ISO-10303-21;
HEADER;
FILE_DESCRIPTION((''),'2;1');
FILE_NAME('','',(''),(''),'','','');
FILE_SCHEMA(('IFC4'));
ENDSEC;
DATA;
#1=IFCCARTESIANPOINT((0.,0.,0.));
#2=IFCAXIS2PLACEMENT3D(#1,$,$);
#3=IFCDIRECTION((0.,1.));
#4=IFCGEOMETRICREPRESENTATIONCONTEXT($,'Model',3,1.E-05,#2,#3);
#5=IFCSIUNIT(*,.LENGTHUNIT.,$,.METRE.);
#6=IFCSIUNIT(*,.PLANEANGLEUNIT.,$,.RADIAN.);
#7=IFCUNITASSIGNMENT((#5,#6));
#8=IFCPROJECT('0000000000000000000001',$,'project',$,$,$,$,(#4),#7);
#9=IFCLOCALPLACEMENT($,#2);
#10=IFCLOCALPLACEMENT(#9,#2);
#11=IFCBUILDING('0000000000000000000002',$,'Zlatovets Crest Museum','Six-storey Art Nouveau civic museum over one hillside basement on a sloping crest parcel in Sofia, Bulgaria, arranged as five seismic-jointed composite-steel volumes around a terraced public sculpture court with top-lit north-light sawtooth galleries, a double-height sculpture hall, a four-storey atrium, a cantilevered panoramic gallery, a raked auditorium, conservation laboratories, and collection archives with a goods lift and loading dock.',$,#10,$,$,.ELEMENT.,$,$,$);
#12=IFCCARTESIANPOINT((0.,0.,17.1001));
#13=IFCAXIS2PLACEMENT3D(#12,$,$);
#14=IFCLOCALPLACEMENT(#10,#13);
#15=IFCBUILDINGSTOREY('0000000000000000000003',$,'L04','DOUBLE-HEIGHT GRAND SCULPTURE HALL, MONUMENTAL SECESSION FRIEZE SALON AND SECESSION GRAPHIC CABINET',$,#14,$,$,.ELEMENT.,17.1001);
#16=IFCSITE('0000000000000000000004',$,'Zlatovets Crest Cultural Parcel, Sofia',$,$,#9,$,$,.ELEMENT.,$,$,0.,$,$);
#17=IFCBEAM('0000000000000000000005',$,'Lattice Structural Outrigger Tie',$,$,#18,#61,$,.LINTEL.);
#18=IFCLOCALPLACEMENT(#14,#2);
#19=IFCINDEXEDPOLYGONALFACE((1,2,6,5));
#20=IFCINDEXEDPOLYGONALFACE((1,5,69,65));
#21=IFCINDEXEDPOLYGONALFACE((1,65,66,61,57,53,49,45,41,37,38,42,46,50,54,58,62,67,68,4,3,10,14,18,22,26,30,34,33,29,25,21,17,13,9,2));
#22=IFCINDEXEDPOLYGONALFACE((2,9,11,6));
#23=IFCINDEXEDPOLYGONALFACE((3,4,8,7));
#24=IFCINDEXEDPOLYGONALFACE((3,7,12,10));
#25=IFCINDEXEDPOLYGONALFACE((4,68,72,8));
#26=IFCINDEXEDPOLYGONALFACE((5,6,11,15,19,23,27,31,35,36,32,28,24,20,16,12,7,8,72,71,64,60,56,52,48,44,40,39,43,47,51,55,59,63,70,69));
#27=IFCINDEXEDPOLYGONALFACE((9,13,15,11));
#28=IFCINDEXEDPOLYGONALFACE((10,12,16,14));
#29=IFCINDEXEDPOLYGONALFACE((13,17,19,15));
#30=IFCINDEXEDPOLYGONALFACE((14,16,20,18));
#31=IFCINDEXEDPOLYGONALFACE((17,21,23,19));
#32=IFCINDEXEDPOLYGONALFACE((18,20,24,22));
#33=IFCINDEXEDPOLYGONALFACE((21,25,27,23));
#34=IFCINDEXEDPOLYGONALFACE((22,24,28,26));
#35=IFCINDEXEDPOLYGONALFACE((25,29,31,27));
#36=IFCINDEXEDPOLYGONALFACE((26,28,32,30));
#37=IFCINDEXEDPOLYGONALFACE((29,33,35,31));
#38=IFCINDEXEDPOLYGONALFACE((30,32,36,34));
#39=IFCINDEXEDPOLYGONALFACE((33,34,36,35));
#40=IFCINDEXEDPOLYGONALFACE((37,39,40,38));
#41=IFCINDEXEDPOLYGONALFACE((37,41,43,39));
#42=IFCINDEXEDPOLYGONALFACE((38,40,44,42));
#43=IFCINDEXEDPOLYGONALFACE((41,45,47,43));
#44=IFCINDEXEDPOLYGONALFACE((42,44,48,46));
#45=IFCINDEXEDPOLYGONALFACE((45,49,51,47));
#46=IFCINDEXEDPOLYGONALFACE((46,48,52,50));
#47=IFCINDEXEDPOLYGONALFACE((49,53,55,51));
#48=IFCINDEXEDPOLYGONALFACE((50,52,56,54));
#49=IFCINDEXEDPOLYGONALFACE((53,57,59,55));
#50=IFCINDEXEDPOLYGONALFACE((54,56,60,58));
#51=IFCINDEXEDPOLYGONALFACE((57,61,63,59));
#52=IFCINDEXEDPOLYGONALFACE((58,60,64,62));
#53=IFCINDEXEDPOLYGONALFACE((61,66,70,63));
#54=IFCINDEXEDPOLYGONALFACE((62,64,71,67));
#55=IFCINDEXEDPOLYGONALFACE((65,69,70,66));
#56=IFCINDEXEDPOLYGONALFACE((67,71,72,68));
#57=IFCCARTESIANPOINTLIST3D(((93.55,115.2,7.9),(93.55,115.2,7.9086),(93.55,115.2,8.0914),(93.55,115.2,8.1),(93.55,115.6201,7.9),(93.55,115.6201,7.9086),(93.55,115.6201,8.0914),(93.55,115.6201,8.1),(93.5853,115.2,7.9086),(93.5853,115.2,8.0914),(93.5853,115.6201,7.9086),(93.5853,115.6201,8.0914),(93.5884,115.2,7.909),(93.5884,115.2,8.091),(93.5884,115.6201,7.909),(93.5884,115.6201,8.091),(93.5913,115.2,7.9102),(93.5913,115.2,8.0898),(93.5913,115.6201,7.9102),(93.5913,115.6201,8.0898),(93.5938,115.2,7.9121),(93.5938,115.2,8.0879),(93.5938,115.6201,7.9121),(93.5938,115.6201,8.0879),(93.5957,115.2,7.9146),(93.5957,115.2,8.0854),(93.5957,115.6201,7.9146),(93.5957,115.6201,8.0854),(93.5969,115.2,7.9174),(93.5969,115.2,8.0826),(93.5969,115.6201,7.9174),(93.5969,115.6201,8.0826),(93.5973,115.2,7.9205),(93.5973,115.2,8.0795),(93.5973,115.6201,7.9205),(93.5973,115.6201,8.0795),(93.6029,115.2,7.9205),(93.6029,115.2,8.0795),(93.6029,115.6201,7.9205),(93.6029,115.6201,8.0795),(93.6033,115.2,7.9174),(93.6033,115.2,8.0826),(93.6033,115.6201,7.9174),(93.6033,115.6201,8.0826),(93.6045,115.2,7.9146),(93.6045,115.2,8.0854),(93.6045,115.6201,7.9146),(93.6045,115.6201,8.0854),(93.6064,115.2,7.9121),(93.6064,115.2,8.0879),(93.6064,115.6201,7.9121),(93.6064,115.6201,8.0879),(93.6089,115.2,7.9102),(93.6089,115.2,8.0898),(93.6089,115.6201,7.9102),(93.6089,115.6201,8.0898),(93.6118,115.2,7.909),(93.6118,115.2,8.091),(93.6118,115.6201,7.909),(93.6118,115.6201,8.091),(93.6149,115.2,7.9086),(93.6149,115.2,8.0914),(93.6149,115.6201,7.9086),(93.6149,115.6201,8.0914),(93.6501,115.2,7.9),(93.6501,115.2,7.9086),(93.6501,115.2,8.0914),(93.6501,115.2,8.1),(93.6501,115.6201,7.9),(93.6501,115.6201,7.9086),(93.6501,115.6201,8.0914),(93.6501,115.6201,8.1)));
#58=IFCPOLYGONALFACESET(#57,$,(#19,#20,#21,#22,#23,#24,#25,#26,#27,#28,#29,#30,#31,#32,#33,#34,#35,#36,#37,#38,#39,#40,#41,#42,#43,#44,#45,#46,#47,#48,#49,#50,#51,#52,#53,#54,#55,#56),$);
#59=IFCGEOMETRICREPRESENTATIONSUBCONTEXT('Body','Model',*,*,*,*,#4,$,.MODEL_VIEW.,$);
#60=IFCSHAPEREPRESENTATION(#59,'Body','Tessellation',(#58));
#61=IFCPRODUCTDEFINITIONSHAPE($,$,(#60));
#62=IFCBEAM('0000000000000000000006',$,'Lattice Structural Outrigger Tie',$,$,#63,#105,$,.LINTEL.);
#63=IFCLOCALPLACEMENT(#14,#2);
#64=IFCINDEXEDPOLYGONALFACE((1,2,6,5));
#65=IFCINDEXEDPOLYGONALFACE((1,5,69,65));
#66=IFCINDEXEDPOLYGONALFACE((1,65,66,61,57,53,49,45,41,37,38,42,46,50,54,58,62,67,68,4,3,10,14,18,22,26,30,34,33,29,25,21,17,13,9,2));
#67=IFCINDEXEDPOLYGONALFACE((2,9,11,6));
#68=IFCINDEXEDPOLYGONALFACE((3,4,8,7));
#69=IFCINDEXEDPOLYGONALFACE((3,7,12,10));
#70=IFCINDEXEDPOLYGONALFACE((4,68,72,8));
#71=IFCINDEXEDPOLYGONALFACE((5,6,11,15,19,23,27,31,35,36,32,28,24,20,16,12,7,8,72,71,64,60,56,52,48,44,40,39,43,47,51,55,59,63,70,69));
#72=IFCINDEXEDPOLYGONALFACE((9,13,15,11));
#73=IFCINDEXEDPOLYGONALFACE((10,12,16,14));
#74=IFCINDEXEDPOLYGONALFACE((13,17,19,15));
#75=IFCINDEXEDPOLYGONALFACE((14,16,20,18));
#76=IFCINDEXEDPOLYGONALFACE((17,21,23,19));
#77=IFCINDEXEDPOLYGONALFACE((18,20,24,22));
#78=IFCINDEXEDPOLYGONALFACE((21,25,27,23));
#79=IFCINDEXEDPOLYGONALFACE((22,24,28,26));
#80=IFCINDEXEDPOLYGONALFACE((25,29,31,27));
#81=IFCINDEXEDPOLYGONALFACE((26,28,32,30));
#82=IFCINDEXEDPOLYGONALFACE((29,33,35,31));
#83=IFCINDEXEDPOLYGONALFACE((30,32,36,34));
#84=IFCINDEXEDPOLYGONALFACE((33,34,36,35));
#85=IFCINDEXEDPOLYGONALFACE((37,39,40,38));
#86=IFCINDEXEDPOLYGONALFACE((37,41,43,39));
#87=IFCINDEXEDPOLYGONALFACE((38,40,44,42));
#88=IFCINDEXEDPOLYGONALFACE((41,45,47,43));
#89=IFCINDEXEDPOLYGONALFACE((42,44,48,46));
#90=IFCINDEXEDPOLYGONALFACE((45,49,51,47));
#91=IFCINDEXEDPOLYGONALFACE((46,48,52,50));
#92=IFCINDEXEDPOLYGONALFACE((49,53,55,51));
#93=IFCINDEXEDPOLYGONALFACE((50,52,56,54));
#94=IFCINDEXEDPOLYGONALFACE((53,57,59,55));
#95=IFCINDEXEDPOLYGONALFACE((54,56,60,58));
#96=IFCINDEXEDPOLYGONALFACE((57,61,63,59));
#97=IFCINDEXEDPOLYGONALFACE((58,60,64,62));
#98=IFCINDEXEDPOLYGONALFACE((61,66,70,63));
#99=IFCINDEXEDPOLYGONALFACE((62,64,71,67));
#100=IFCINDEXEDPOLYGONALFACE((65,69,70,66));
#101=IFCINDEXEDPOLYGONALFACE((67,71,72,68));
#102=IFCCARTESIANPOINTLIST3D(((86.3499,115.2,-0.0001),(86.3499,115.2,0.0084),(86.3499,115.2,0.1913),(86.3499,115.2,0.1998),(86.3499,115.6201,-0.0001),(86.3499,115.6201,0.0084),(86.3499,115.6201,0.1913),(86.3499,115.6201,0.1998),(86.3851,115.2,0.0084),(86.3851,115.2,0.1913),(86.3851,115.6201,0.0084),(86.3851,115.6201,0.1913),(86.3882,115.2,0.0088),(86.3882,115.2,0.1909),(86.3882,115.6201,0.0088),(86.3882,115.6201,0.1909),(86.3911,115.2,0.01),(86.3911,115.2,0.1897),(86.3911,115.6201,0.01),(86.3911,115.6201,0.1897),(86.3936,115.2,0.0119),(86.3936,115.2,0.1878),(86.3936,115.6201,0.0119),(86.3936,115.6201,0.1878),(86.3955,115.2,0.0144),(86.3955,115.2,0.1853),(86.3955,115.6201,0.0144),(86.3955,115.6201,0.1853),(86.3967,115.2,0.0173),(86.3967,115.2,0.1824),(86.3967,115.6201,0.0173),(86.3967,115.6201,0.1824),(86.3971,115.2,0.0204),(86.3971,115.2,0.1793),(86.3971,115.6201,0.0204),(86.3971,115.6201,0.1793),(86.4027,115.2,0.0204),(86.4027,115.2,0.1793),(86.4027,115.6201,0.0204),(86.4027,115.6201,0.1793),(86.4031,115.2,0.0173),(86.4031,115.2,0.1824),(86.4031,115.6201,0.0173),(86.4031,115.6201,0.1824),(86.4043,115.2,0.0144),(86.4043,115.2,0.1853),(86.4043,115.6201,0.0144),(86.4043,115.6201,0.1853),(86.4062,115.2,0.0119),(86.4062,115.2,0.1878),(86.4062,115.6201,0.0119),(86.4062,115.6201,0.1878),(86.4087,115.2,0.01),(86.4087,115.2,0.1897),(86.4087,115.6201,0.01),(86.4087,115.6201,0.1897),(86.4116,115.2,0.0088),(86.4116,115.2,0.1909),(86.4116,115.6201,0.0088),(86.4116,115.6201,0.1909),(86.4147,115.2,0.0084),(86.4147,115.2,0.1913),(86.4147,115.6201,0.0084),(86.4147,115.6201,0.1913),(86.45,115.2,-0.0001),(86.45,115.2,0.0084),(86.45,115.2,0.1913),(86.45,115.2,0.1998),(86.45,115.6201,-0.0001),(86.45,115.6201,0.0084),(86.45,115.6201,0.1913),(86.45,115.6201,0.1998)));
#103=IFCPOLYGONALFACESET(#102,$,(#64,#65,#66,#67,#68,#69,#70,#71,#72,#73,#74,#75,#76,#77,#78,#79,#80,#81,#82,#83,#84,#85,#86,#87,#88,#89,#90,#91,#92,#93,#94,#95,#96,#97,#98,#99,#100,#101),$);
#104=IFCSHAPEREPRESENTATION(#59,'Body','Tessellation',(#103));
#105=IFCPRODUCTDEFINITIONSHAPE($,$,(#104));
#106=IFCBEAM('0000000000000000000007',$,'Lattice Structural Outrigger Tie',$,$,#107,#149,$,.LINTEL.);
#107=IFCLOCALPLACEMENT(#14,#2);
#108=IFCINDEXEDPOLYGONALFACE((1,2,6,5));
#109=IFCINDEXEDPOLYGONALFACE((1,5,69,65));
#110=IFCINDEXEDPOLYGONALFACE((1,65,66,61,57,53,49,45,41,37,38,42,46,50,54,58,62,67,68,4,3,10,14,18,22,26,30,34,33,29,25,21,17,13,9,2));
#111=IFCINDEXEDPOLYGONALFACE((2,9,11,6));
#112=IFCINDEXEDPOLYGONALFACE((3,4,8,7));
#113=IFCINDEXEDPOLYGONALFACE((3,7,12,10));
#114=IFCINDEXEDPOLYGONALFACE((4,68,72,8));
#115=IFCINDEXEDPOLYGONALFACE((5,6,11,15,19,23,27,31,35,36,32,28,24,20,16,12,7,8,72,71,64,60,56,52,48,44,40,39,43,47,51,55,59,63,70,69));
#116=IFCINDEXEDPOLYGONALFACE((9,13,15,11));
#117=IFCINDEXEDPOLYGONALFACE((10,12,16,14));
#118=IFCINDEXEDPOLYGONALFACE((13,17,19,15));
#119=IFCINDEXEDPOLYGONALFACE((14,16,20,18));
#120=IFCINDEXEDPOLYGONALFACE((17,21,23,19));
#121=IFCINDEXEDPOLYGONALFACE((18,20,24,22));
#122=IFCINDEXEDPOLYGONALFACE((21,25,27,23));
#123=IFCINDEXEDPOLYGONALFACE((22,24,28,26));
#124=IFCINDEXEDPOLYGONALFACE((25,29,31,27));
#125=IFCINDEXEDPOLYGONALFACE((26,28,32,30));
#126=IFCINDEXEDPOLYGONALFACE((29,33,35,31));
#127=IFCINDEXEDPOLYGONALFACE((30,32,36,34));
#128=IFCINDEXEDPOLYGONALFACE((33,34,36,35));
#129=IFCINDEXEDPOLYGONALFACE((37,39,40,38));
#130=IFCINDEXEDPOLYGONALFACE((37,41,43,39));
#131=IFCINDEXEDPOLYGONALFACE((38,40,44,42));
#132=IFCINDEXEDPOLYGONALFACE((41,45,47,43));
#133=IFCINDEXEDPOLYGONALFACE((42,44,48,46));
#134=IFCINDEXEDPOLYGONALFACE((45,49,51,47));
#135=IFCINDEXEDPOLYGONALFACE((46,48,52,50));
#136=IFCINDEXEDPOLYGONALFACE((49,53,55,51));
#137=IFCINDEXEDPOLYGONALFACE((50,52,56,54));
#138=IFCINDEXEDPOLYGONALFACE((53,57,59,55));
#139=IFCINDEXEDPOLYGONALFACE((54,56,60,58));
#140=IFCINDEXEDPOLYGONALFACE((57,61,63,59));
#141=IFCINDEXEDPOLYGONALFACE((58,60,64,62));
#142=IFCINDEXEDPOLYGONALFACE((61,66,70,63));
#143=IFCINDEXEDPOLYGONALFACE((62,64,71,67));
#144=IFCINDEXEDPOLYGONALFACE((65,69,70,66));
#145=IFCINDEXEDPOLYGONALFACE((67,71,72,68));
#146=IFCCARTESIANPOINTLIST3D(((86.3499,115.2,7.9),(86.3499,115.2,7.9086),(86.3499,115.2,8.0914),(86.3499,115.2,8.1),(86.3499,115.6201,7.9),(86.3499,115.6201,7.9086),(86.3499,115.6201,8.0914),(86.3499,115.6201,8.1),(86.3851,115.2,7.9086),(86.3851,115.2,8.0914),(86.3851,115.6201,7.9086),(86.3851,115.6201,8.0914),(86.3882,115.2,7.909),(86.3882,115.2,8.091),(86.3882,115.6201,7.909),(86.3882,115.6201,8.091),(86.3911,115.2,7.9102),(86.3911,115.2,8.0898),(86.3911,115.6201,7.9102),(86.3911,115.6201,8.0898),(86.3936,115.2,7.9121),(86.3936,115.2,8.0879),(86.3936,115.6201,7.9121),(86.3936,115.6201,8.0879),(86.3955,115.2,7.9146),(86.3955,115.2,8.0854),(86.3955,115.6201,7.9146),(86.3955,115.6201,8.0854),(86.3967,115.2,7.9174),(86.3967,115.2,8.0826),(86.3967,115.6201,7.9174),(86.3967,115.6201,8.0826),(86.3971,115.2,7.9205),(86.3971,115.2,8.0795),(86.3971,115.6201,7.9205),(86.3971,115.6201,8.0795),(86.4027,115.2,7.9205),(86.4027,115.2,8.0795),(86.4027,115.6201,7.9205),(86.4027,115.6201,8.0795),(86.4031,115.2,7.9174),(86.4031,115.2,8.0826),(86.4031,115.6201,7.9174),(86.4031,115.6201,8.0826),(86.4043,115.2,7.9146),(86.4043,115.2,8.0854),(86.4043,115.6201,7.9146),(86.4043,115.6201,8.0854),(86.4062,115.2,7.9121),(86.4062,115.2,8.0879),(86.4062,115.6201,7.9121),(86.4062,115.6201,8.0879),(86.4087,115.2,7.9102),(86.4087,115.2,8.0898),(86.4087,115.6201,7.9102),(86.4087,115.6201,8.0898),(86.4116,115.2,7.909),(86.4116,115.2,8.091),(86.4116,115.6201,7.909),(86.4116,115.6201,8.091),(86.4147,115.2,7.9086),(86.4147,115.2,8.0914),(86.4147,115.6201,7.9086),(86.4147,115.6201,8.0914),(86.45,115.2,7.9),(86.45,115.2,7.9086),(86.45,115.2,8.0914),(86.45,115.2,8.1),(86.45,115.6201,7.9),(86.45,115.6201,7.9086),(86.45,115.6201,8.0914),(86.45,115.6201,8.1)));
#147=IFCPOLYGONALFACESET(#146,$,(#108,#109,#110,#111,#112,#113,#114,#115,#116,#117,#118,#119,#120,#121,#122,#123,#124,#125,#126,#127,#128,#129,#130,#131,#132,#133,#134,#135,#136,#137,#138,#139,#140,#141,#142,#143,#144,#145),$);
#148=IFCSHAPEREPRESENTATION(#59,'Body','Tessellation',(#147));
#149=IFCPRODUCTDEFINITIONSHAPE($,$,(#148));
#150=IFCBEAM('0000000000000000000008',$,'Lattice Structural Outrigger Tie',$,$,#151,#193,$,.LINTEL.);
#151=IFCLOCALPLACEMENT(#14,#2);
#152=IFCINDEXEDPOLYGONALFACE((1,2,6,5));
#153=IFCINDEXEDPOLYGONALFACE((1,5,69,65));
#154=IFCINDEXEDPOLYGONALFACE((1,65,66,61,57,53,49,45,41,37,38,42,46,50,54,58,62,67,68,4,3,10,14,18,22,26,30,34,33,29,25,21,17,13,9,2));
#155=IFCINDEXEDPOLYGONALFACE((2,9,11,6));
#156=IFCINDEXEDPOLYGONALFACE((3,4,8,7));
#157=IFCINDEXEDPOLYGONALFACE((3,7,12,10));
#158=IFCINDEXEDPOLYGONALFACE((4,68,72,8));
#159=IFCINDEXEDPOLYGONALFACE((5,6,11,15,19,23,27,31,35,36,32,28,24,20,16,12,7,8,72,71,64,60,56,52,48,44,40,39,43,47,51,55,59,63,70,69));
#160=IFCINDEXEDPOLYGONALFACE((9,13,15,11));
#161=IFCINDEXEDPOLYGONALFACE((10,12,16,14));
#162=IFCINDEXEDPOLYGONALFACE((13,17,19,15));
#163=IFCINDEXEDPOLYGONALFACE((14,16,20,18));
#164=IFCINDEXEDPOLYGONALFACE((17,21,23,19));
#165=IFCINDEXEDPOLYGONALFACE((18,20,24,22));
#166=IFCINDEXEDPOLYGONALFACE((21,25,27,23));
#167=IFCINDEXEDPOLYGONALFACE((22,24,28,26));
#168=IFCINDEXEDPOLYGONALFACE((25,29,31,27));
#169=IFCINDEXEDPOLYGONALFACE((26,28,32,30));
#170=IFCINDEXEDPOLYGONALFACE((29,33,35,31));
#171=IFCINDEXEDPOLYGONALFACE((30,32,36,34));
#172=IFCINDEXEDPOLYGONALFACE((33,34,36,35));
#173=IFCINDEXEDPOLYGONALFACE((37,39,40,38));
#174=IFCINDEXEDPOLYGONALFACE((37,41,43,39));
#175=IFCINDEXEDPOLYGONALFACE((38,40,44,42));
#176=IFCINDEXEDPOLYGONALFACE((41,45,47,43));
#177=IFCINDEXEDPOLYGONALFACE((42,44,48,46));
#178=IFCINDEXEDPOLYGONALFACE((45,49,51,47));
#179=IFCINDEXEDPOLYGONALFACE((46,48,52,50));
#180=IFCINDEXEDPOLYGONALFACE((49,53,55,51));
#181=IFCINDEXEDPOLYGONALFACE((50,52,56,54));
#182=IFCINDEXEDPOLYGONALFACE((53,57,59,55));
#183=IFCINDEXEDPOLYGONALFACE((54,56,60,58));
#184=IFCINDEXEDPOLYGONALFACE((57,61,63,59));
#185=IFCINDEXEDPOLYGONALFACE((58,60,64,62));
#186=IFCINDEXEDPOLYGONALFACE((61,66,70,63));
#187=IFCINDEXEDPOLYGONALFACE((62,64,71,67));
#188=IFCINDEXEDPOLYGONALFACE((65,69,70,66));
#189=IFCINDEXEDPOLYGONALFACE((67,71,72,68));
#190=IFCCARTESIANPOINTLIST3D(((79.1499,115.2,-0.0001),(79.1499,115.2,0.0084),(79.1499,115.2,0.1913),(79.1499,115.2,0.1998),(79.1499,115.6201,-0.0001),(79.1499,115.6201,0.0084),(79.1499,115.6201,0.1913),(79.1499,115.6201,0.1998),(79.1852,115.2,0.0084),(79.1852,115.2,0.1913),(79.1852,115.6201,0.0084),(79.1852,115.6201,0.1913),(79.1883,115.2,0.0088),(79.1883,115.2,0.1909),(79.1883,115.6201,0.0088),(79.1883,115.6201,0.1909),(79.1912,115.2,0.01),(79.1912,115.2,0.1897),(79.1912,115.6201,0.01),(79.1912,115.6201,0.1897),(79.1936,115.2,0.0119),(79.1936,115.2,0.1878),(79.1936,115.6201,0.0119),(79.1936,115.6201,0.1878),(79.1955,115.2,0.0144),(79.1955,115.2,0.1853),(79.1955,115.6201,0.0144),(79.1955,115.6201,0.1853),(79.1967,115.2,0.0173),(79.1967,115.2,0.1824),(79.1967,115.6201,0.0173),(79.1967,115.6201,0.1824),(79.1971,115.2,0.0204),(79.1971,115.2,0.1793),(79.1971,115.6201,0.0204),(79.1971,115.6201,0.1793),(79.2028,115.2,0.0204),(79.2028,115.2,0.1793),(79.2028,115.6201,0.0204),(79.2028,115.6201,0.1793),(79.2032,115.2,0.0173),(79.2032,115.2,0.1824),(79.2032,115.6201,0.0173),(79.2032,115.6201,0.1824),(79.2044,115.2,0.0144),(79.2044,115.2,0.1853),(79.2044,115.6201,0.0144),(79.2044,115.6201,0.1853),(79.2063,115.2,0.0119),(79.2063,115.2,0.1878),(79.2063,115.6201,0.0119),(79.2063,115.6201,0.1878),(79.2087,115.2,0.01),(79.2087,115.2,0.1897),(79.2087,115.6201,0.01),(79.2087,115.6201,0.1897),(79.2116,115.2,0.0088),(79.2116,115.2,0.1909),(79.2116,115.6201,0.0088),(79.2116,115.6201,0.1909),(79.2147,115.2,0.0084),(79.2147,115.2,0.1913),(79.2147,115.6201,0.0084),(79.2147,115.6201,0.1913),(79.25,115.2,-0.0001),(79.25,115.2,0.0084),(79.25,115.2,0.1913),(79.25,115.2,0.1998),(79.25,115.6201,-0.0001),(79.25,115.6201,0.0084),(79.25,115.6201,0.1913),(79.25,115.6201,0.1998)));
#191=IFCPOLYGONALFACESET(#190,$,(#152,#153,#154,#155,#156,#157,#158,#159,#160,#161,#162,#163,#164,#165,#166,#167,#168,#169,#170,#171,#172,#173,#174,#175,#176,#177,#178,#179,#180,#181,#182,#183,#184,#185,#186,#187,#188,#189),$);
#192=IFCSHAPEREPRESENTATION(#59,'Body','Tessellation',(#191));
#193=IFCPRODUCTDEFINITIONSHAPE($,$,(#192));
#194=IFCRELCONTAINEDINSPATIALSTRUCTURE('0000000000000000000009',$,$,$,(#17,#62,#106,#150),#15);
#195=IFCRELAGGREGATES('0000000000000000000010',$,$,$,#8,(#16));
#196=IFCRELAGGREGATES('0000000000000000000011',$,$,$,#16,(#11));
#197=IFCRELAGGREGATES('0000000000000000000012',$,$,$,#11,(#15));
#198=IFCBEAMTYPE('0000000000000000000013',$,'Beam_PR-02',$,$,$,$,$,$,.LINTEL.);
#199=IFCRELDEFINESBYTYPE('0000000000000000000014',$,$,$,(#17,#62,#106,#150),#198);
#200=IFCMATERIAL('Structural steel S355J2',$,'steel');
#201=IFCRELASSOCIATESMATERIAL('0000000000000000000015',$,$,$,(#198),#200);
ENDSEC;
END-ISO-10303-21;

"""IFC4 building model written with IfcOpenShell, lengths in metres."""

from ifc_helpers import new_model, si_unit, direction, frame, origin, origin_2d, place, context, subcontext, project, spatial, i_section, extrude, material, material_profile, profile_set, type_object, element, save


model = new_model("IFC4")

# Units and contexts
model_context = context("Model", 3, precision=1e-05, world=origin(), true_north=direction((0.0, 1.0)))
body_context = subcontext(model_context, "Body", "Model", "MODEL_VIEW")
ifc_project = project(units=[si_unit("LENGTHUNIT", "METRE"), si_unit("PLANEANGLEUNIT", "RADIAN")], contexts=[model_context])

# Site, building, storey
site_placement = place(None, origin())
site = spatial("IfcSite", under=ifc_project, at=site_placement, Name="Zlatovets Crest Cultural Parcel, Sofia", CompositionType="ELEMENT", RefElevation=0.0)
building_placement = place(site_placement, origin())
building = spatial("IfcBuilding", under=site, at=building_placement, Name="Zlatovets Crest Museum", Description="Six-storey Art Nouveau civic museum over one hillside basement on a sloping crest parcel in Sofia, Bulgaria, arranged as five seismic-jointed composite-steel volumes around a terraced public sculpture court with top-lit north-light sawtooth galleries, a double-height sculpture hall, a four-storey atrium, a cantilevered panoramic gallery, a raked auditorium, conservation laboratories, and collection archives with a goods lift and loading dock.", CompositionType="ELEMENT")
storey_placement = place(building_placement, frame((0.0, 0.0, 17.1001)))
storey = spatial("IfcBuildingStorey", under=building, at=storey_placement, Name="L04", Description="DOUBLE-HEIGHT GRAND SCULPTURE HALL, MONUMENTAL SECESSION FRIEZE SALON AND SECESSION GRAPHIC CABINET", CompositionType="ELEMENT", Elevation=17.1001)

# Shared definitions
ifc_material_1 = material(Name="Structural steel S355J2", Category="steel")

# Beams
ifc_material_profile_1 = material_profile(ifc_material_1, i_section(OverallWidth=0.1001, OverallDepth=0.2, WebThickness=0.0056, FlangeThickness=0.0085, FilletRadius=0.012, at=origin_2d()), Name="IPE 200")
ifc_profile_set_1 = profile_set([ifc_material_profile_1], Name="Structural steel S355J2")
beam_type_1 = type_object("IfcBeamType", Name="Beam_PR-02", PredefinedType="LINTEL", material=ifc_profile_set_1)
for number, where, z_axis, x_axis, name in (
    (1, (93.6001, 115.2, 8.0), (0.0, 1.0, 0.0), (-1.0, 0.0, 0.0), "Lattice Structural Outrigger Tie"),
    (2, (86.3999, 115.2, 0.0999), (0.0, 1.0, 0.0), (-1.0, 0.0, 0.0), "Lattice Structural Outrigger Tie"),
    (3, (86.3999, 115.2, 8.0), (0.0, 1.0, 0.0), (-1.0, 0.0, 0.0), "Lattice Structural Outrigger Tie"),
    (4, (79.2, 115.2, 0.0999), (0.0, 1.0, 0.0), (-1.0, 0.0, 0.0), "Lattice Structural Outrigger Tie"),
):
    element("IfcBeam", number, at=place(storey_placement, frame(where, z_axis=z_axis, x_axis=x_axis)), inside=storey, type_object=beam_type_1, Name=name, PredefinedType="LINTEL", context=body_context, shape_type="SweptSolid", body=[
        extrude(i_section(OverallWidth=0.1001, OverallDepth=0.2, WebThickness=0.0056, FlangeThickness=0.0085, FilletRadius=0.012, at=origin_2d()), origin(), (0.0, 0.0, 1.0), 0.4202),
    ])

save(model, "model.ifc")
